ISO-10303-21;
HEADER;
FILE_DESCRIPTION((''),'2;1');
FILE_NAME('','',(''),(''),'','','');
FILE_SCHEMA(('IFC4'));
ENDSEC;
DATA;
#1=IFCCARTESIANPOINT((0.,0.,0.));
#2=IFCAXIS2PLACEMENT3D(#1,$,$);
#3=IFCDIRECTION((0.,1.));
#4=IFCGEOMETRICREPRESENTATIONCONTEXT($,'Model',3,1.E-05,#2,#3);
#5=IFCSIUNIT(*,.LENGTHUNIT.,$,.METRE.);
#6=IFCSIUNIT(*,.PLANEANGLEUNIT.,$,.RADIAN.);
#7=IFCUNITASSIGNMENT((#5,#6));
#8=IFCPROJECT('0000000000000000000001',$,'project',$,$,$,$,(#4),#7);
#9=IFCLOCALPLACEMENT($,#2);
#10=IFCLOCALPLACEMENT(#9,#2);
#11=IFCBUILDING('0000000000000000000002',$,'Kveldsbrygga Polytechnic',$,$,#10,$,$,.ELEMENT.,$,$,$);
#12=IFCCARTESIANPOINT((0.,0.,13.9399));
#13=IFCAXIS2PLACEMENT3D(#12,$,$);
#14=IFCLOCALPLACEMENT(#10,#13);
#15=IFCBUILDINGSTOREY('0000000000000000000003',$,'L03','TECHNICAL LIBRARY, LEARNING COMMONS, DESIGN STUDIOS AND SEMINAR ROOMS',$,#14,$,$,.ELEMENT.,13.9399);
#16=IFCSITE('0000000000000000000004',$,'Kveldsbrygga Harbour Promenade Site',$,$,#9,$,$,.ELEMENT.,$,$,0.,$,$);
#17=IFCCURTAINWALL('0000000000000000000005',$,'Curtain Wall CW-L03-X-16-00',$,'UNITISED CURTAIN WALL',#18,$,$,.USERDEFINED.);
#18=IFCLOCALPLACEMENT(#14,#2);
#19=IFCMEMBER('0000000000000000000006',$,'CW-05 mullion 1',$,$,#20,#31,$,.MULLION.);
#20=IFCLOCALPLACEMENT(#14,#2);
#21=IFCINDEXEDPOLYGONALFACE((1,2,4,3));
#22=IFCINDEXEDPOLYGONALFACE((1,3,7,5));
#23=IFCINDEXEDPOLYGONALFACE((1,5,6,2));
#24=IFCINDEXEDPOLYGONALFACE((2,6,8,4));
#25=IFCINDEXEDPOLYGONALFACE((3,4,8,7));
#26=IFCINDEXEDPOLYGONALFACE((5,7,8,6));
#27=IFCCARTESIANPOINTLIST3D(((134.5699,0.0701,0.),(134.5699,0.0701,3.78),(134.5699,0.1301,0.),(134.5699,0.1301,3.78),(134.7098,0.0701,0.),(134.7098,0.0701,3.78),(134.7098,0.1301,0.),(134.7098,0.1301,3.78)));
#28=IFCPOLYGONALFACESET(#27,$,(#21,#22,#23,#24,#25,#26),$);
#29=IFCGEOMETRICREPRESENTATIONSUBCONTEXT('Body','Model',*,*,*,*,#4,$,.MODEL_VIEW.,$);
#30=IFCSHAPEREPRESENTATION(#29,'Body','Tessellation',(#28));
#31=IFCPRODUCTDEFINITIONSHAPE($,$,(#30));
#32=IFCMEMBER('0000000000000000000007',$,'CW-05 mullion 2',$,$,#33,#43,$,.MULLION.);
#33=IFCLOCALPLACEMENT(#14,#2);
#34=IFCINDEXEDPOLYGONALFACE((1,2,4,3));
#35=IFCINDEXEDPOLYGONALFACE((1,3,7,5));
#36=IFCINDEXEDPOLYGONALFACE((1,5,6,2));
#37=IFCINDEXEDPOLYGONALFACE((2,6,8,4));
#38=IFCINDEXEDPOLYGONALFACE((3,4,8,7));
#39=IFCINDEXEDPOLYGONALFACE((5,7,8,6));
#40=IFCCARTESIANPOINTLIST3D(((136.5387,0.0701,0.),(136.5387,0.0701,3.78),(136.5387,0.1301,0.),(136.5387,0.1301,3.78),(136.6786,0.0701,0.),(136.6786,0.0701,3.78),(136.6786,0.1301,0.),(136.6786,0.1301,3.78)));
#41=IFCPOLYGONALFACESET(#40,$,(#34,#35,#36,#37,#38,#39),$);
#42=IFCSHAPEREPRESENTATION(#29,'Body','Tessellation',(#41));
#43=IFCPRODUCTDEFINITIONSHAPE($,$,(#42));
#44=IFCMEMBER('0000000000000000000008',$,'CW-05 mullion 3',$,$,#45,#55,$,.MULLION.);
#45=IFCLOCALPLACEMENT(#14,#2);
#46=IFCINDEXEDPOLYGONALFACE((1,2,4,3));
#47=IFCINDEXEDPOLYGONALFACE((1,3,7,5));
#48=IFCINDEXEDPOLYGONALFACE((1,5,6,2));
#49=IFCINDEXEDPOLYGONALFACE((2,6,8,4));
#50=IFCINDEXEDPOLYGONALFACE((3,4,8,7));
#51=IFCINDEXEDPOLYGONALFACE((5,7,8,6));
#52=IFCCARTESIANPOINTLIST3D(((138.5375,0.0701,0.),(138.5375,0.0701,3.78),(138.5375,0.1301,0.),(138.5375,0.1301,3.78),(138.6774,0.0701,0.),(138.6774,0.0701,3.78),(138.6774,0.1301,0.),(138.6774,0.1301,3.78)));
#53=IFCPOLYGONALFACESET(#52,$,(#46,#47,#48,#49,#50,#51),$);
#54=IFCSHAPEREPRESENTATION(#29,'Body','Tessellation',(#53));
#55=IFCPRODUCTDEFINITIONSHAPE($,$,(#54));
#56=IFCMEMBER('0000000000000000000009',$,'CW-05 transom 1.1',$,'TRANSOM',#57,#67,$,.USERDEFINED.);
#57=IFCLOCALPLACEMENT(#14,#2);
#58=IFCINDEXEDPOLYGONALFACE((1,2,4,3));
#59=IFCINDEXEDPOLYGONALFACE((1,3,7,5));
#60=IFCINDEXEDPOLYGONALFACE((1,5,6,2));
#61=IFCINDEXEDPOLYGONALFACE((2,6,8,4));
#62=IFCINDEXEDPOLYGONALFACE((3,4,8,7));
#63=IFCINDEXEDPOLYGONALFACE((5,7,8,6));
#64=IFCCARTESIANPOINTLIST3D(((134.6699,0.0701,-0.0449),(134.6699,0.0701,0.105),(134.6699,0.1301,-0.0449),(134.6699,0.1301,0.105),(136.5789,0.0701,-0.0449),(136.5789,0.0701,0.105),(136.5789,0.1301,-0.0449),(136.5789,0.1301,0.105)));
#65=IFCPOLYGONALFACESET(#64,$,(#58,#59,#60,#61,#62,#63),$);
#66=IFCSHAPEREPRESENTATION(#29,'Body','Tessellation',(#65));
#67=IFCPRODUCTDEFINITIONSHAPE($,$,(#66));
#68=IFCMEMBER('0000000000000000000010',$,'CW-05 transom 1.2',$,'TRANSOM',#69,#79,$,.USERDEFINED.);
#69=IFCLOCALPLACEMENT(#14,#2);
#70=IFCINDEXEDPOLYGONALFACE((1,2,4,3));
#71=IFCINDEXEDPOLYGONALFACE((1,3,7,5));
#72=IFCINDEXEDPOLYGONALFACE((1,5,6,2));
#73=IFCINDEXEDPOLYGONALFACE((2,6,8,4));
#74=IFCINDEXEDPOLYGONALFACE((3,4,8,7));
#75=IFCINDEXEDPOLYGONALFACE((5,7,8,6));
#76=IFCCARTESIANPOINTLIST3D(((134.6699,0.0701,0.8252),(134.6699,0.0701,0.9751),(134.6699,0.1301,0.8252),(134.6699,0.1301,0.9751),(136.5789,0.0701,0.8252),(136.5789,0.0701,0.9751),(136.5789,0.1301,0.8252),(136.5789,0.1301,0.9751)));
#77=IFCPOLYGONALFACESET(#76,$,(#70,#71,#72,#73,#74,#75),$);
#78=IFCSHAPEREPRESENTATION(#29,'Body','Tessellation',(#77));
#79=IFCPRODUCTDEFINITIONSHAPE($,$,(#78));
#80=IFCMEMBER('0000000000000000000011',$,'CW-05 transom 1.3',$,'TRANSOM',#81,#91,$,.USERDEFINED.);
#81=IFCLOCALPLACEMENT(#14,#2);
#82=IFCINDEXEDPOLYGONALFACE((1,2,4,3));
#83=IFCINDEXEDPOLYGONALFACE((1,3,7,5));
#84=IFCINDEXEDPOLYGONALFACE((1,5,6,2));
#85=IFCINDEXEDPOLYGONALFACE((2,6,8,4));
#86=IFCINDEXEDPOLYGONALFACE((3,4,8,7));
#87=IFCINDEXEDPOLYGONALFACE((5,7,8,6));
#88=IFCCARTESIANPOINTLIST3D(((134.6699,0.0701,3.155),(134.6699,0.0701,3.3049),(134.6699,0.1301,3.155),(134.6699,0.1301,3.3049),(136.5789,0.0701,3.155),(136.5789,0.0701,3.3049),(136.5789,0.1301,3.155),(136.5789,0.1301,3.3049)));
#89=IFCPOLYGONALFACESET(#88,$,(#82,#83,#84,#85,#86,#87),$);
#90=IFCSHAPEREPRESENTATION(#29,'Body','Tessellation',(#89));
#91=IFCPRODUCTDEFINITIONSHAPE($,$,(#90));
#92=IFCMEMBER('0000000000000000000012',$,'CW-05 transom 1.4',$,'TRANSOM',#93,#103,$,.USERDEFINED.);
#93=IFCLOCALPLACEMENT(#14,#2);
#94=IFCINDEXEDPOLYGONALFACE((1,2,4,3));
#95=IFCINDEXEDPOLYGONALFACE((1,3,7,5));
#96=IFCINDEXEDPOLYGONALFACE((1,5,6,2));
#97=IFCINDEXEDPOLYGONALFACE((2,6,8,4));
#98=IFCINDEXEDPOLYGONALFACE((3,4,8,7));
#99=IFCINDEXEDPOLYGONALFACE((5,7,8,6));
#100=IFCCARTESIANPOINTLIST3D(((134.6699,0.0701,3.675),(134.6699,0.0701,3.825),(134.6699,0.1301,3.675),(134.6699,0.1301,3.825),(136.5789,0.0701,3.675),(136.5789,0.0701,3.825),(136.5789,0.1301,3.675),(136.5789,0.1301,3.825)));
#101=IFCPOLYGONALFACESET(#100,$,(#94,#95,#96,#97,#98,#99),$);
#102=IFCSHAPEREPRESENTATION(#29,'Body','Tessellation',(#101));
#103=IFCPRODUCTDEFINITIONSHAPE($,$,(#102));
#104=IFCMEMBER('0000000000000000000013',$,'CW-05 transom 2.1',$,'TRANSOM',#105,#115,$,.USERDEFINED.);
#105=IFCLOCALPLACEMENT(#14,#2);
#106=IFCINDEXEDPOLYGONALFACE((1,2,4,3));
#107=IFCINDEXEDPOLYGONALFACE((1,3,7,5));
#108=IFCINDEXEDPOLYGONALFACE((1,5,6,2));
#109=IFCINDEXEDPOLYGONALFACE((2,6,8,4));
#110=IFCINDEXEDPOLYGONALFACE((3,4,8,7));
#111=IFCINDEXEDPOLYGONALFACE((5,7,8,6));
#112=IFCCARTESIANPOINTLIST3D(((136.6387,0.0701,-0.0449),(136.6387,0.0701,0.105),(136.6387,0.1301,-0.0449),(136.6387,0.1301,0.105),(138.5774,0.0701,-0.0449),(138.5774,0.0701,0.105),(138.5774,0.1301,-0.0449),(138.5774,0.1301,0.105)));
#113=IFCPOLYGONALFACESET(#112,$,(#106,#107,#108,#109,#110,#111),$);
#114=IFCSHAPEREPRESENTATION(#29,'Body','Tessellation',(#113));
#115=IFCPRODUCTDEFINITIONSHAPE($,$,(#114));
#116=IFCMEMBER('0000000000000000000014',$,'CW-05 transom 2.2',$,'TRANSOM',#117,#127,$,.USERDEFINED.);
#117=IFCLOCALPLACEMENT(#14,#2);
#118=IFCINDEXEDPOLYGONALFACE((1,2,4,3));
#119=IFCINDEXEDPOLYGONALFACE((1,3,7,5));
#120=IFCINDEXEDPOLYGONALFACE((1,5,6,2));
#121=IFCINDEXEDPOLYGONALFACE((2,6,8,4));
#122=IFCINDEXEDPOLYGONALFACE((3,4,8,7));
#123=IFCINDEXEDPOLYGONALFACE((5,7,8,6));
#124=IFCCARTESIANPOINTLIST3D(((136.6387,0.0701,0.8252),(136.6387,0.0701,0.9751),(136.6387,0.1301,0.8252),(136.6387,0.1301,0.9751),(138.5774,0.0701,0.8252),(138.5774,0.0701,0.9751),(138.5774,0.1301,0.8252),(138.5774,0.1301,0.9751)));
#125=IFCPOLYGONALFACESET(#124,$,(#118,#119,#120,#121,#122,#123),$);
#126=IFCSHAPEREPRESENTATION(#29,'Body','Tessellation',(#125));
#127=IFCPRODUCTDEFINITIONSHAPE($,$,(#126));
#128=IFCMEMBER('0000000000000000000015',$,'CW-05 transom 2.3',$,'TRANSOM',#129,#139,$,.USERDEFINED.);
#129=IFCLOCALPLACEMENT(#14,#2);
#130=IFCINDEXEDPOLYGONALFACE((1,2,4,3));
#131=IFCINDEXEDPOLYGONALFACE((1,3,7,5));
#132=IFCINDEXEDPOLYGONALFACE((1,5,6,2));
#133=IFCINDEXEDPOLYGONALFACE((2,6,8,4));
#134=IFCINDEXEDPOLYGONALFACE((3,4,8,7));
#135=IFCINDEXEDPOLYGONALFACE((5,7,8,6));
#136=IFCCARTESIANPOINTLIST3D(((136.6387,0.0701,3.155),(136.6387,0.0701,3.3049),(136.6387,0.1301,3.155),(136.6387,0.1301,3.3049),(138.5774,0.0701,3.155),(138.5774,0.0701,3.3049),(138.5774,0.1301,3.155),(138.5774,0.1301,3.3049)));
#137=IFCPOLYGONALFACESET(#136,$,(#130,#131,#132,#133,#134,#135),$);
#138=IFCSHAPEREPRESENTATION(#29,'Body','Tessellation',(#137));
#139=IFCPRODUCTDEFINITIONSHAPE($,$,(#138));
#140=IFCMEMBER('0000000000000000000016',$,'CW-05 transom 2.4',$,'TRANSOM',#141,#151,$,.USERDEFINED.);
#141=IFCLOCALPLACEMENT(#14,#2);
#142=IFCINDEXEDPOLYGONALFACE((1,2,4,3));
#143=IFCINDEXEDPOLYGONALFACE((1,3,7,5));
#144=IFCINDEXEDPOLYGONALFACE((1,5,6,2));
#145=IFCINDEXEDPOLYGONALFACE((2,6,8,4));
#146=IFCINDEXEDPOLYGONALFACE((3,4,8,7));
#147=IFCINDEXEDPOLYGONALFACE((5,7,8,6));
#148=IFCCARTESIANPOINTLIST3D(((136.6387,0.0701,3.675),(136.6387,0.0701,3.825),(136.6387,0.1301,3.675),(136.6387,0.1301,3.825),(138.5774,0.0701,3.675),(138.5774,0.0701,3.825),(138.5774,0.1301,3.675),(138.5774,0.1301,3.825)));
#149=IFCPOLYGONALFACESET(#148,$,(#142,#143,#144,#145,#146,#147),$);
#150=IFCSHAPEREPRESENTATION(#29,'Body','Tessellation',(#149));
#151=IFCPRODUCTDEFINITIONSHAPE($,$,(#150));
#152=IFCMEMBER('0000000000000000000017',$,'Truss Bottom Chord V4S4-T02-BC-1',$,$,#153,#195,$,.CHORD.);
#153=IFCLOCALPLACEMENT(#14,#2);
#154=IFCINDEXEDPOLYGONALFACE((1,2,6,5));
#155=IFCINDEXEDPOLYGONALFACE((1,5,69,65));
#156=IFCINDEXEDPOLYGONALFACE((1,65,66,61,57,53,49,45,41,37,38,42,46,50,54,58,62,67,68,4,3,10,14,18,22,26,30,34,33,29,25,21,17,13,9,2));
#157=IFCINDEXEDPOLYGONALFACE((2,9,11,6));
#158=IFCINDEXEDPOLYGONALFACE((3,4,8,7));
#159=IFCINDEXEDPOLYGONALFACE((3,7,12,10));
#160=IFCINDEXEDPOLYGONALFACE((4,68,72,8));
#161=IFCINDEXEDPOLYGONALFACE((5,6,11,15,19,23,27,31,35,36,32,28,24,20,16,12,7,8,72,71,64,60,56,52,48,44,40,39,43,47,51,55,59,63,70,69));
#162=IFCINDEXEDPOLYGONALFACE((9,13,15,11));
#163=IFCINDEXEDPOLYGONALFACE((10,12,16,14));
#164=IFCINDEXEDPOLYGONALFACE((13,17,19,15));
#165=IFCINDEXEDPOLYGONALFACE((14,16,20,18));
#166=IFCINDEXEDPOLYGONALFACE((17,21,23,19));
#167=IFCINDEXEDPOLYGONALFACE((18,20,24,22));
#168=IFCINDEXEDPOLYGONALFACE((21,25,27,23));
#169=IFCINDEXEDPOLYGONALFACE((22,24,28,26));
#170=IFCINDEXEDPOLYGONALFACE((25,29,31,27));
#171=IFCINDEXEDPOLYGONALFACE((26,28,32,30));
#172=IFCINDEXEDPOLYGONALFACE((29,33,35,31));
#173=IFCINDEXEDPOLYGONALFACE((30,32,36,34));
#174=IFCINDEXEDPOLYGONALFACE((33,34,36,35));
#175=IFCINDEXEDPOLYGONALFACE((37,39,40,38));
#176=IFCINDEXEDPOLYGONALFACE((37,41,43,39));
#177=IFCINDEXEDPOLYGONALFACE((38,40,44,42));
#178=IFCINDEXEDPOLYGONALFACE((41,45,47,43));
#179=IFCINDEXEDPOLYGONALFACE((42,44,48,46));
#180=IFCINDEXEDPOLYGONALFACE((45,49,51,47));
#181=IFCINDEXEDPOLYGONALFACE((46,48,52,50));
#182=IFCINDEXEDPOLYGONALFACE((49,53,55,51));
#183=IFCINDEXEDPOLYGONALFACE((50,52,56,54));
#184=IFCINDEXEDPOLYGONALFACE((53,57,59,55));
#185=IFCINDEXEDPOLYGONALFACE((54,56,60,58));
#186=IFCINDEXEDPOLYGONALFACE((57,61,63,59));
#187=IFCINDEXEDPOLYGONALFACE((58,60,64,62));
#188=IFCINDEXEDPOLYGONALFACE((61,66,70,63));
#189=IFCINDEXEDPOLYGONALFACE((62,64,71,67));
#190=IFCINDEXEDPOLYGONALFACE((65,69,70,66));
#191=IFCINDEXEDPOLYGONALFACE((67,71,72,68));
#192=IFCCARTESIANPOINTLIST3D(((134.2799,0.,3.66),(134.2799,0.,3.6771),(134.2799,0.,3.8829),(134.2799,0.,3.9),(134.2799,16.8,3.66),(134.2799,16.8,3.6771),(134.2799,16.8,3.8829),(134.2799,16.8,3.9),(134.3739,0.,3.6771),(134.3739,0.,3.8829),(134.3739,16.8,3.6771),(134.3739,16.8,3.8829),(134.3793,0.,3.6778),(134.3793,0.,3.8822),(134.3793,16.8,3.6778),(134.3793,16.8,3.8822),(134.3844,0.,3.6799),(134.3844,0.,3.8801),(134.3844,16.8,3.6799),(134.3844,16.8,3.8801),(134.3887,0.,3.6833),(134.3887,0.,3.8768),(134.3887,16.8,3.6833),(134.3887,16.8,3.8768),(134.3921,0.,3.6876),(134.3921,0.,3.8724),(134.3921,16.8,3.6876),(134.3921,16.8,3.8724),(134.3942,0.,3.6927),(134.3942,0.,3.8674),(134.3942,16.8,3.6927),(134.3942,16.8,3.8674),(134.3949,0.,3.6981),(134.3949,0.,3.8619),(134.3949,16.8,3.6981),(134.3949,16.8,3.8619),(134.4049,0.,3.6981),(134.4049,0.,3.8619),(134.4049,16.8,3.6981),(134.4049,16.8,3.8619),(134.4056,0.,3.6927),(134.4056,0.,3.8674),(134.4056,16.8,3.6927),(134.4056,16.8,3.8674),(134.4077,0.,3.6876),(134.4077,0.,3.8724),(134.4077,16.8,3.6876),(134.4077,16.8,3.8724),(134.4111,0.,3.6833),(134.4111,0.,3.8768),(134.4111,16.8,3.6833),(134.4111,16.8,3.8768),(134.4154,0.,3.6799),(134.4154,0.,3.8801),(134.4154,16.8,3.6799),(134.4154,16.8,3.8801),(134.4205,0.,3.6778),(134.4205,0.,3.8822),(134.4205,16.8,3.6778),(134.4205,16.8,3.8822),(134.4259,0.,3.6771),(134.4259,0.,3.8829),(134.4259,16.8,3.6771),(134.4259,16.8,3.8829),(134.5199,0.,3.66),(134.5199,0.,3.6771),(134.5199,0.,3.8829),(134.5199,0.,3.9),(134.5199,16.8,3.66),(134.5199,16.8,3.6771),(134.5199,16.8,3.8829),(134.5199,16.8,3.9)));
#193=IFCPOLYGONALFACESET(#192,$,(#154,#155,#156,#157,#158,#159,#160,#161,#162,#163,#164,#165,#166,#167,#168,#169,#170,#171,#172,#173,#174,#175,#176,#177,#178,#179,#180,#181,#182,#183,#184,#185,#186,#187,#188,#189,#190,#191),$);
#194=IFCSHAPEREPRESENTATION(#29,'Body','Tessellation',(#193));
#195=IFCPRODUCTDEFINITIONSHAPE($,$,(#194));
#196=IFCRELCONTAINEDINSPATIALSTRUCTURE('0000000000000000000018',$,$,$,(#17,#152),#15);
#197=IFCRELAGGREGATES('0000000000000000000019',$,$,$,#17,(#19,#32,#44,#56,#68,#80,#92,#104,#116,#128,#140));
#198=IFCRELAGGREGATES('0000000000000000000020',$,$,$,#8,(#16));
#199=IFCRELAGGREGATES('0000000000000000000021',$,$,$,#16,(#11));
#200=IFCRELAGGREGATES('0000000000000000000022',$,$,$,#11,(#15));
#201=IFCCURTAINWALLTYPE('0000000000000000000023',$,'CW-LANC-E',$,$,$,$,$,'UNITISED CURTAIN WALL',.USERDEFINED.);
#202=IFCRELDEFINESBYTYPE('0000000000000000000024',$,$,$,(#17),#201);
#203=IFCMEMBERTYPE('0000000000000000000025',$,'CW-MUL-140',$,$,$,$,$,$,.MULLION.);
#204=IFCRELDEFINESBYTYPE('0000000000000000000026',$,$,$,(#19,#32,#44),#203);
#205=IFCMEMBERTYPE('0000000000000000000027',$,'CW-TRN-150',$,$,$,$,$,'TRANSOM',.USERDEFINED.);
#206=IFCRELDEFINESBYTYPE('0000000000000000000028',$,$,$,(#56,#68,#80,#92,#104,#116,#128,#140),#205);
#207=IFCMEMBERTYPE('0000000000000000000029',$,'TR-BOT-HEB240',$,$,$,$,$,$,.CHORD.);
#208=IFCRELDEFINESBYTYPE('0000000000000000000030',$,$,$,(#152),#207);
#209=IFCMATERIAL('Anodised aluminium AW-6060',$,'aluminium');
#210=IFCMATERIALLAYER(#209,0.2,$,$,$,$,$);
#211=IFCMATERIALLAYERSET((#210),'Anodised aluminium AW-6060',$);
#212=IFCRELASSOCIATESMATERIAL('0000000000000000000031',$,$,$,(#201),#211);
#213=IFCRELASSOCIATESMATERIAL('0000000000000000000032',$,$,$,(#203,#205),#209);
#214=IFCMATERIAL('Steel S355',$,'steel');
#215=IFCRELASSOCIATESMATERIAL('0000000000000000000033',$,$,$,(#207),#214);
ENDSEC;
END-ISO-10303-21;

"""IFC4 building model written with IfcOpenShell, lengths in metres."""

from ifc_helpers import new_model, si_unit, direction, frame, origin, origin_2d, place, context, subcontext, project, spatial, rectangle, i_section, extrude, material, layer, layer_set, material_profile, profile_set, type_object, element, aggregate, save


model = new_model("IFC4")

# Units and contexts
model_context = context("Model", 3, precision=1e-05, world=origin(), true_north=direction((0.0, 1.0)))
body_context = subcontext(model_context, "Body", "Model", "MODEL_VIEW")
ifc_project = project(units=[si_unit("LENGTHUNIT", "METRE"), si_unit("PLANEANGLEUNIT", "RADIAN")], contexts=[model_context])

# Site, building, storey
site_placement = place(None, origin())
site = spatial("IfcSite", under=ifc_project, at=site_placement, Name="Kveldsbrygga Harbour Promenade Site", CompositionType="ELEMENT", RefElevation=0.0)
building_placement = place(site_placement, origin())
building = spatial("IfcBuilding", under=site, at=building_placement, Name="Kveldsbrygga Polytechnic", CompositionType="ELEMENT")
storey_placement = place(building_placement, frame((0.0, 0.0, 13.9399)))
storey = spatial("IfcBuildingStorey", under=building, at=storey_placement, Name="L03", Description="TECHNICAL LIBRARY, LEARNING COMMONS, DESIGN STUDIOS AND SEMINAR ROOMS", CompositionType="ELEMENT", Elevation=13.9399)

# Curtain wall, members
ifc_material_1 = material(Name="Anodised aluminium AW-6060", Category="aluminium")
ifc_layer_1 = layer(ifc_material_1, 0.2)
ifc_layer_set_1 = layer_set([ifc_layer_1], Name="Anodised aluminium AW-6060")
curtain_wall_type = type_object("IfcCurtainWallType", Name="CW-LANC-E", ElementType="UNITISED CURTAIN WALL", PredefinedType="USERDEFINED", material=ifc_layer_set_1)
curtain_wall_placement = place(storey_placement, origin())
curtain_wall = element("IfcCurtainWall", 1, at=curtain_wall_placement, inside=storey, type_object=curtain_wall_type, Name="Curtain Wall CW-L03-X-16-00", ObjectType="UNITISED CURTAIN WALL", PredefinedType="USERDEFINED")
ifc_material_profile_1 = material_profile(ifc_material_1, rectangle(XDim=0.0601, YDim=0.1399, at=origin_2d()), Name="ALU 60x140")
ifc_profile_set_1 = profile_set([ifc_material_profile_1], Name="Anodised aluminium AW-6060")
member_type_1 = type_object("IfcMemberType", Name="CW-MUL-140", PredefinedType="MULLION", material=ifc_profile_set_1)
member_1_placement = place(storey_placement, frame((134.6399, 0.1001, 0.0), z_axis=(0.0, 0.0, 1.0), x_axis=(0.0, 1.0, 0.0)))
member_1 = element("IfcMember", 2, at=member_1_placement, type_object=member_type_1, Name="CW-05 mullion 1", PredefinedType="MULLION", context=body_context, shape_type="SweptSolid", body=[
    extrude(rectangle(XDim=0.0601, YDim=0.1399, at=origin_2d()), origin(), (0.0, 0.0, 1.0), 3.78),
])
member_2_placement = place(storey_placement, frame((136.6086, 0.1001, 0.0), z_axis=(0.0, 0.0, 1.0), x_axis=(0.0, 1.0, 0.0)))
member_2 = element("IfcMember", 3, at=member_2_placement, type_object=member_type_1, Name="CW-05 mullion 2", PredefinedType="MULLION", context=body_context, shape_type="SweptSolid", body=[
    extrude(rectangle(XDim=0.0601, YDim=0.1399, at=origin_2d()), origin(), (0.0, 0.0, 1.0), 3.78),
])
member_3_placement = place(storey_placement, frame((138.6074, 0.1001, 0.0), z_axis=(0.0, 0.0, 1.0), x_axis=(0.0, 1.0, 0.0)))
member_3 = element("IfcMember", 4, at=member_3_placement, type_object=member_type_1, Name="CW-05 mullion 3", PredefinedType="MULLION", context=body_context, shape_type="SweptSolid", body=[
    extrude(rectangle(XDim=0.0601, YDim=0.1399, at=origin_2d()), origin(), (0.0, 0.0, 1.0), 3.78),
])
ifc_material_profile_2 = material_profile(ifc_material_1, rectangle(XDim=0.0601, YDim=0.1499, at=origin_2d()), Name="ALU 60x150")
ifc_profile_set_2 = profile_set([ifc_material_profile_2], Name="Anodised aluminium AW-6060")
member_type_2 = type_object("IfcMemberType", Name="CW-TRN-150", ElementType="TRANSOM", PredefinedType="USERDEFINED", material=ifc_profile_set_2)
member_4_placement = place(storey_placement, frame((134.6699, 0.1001, 0.03), z_axis=(1.0, 0.0, 0.0), x_axis=(0.0, 1.0, 0.0)))
member_4 = element("IfcMember", 5, at=member_4_placement, type_object=member_type_2, Name="CW-05 transom 1.1", ObjectType="TRANSOM", PredefinedType="USERDEFINED", context=body_context, shape_type="SweptSolid", body=[
    extrude(rectangle(XDim=0.0601, YDim=0.1499, at=origin_2d()), origin(), (0.0, 0.0, 1.0), 1.9089),
])
member_5_placement = place(storey_placement, frame((134.6699, 0.1001, 0.9001), z_axis=(1.0, 0.0, 0.0), x_axis=(0.0, 1.0, 0.0)))
member_5 = element("IfcMember", 6, at=member_5_placement, type_object=member_type_2, Name="CW-05 transom 1.2", ObjectType="TRANSOM", PredefinedType="USERDEFINED", context=body_context, shape_type="SweptSolid", body=[
    extrude(rectangle(XDim=0.0601, YDim=0.1499, at=origin_2d()), origin(), (0.0, 0.0, 1.0), 1.9089),
])
member_6_placement = place(storey_placement, frame((134.6699, 0.1001, 3.23), z_axis=(1.0, 0.0, 0.0), x_axis=(0.0, 1.0, 0.0)))
member_6 = element("IfcMember", 7, at=member_6_placement, type_object=member_type_2, Name="CW-05 transom 1.3", ObjectType="TRANSOM", PredefinedType="USERDEFINED", context=body_context, shape_type="SweptSolid", body=[
    extrude(rectangle(XDim=0.0601, YDim=0.1499, at=origin_2d()), origin(), (0.0, 0.0, 1.0), 1.9089),
])
member_7_placement = place(storey_placement, frame((134.6699, 0.1001, 3.75), z_axis=(1.0, 0.0, 0.0), x_axis=(0.0, 1.0, 0.0)))
member_7 = element("IfcMember", 8, at=member_7_placement, type_object=member_type_2, Name="CW-05 transom 1.4", ObjectType="TRANSOM", PredefinedType="USERDEFINED", context=body_context, shape_type="SweptSolid", body=[
    extrude(rectangle(XDim=0.0601, YDim=0.1499, at=origin_2d()), origin(), (0.0, 0.0, 1.0), 1.9089),
])
member_8_placement = place(storey_placement, frame((136.6387, 0.1001, 0.03), z_axis=(1.0, 0.0, 0.0), x_axis=(0.0, 1.0, 0.0)))
member_8 = element("IfcMember", 9, at=member_8_placement, type_object=member_type_2, Name="CW-05 transom 2.1", ObjectType="TRANSOM", PredefinedType="USERDEFINED", context=body_context, shape_type="SweptSolid", body=[
    extrude(rectangle(XDim=0.0601, YDim=0.1499, at=origin_2d()), origin(), (0.0, 0.0, 1.0), 1.9387),
])
member_9_placement = place(storey_placement, frame((136.6387, 0.1001, 0.9001), z_axis=(1.0, 0.0, 0.0), x_axis=(0.0, 1.0, 0.0)))
member_9 = element("IfcMember", 10, at=member_9_placement, type_object=member_type_2, Name="CW-05 transom 2.2", ObjectType="TRANSOM", PredefinedType="USERDEFINED", context=body_context, shape_type="SweptSolid", body=[
    extrude(rectangle(XDim=0.0601, YDim=0.1499, at=origin_2d()), origin(), (0.0, 0.0, 1.0), 1.9387),
])
member_10_placement = place(storey_placement, frame((136.6387, 0.1001, 3.23), z_axis=(1.0, 0.0, 0.0), x_axis=(0.0, 1.0, 0.0)))
member_10 = element("IfcMember", 11, at=member_10_placement, type_object=member_type_2, Name="CW-05 transom 2.3", ObjectType="TRANSOM", PredefinedType="USERDEFINED", context=body_context, shape_type="SweptSolid", body=[
    extrude(rectangle(XDim=0.0601, YDim=0.1499, at=origin_2d()), origin(), (0.0, 0.0, 1.0), 1.9387),
])
member_11_placement = place(storey_placement, frame((136.6387, 0.1001, 3.75), z_axis=(1.0, 0.0, 0.0), x_axis=(0.0, 1.0, 0.0)))
member_11 = element("IfcMember", 12, at=member_11_placement, type_object=member_type_2, Name="CW-05 transom 2.4", ObjectType="TRANSOM", PredefinedType="USERDEFINED", context=body_context, shape_type="SweptSolid", body=[
    extrude(rectangle(XDim=0.0601, YDim=0.1499, at=origin_2d()), origin(), (0.0, 0.0, 1.0), 1.9387),
])

# Member
ifc_material_2 = material(Name="Steel S355", Category="steel")
ifc_material_profile_3 = material_profile(ifc_material_2, i_section(OverallWidth=0.24, OverallDepth=0.24, WebThickness=0.01, FlangeThickness=0.0171, FilletRadius=0.021, at=origin_2d()), Name="HEB 240")
ifc_profile_set_3 = profile_set([ifc_material_profile_3], Name="Steel S355")
member_type_3 = type_object("IfcMemberType", Name="TR-BOT-HEB240", PredefinedType="CHORD", material=ifc_profile_set_3)
member_12_placement = place(storey_placement, frame((134.3999, 0.0, 3.78), z_axis=(0.0, 1.0, 0.0), x_axis=(-1.0, 0.0, 0.0)))
element("IfcMember", 13, at=member_12_placement, inside=storey, type_object=member_type_3, Name="Truss Bottom Chord V4S4-T02-BC-1", PredefinedType="CHORD", context=body_context, shape_type="SweptSolid", body=[
    extrude(i_section(OverallWidth=0.24, OverallDepth=0.24, WebThickness=0.01, FlangeThickness=0.0171, FilletRadius=0.021, at=origin_2d()), origin(), (0.0, 0.0, 1.0), 16.8),
])

aggregate(curtain_wall, [member_1, member_2, member_3, member_4, member_5, member_6, member_7, member_8, member_9, member_10, member_11])

save(model, "model.ifc")
